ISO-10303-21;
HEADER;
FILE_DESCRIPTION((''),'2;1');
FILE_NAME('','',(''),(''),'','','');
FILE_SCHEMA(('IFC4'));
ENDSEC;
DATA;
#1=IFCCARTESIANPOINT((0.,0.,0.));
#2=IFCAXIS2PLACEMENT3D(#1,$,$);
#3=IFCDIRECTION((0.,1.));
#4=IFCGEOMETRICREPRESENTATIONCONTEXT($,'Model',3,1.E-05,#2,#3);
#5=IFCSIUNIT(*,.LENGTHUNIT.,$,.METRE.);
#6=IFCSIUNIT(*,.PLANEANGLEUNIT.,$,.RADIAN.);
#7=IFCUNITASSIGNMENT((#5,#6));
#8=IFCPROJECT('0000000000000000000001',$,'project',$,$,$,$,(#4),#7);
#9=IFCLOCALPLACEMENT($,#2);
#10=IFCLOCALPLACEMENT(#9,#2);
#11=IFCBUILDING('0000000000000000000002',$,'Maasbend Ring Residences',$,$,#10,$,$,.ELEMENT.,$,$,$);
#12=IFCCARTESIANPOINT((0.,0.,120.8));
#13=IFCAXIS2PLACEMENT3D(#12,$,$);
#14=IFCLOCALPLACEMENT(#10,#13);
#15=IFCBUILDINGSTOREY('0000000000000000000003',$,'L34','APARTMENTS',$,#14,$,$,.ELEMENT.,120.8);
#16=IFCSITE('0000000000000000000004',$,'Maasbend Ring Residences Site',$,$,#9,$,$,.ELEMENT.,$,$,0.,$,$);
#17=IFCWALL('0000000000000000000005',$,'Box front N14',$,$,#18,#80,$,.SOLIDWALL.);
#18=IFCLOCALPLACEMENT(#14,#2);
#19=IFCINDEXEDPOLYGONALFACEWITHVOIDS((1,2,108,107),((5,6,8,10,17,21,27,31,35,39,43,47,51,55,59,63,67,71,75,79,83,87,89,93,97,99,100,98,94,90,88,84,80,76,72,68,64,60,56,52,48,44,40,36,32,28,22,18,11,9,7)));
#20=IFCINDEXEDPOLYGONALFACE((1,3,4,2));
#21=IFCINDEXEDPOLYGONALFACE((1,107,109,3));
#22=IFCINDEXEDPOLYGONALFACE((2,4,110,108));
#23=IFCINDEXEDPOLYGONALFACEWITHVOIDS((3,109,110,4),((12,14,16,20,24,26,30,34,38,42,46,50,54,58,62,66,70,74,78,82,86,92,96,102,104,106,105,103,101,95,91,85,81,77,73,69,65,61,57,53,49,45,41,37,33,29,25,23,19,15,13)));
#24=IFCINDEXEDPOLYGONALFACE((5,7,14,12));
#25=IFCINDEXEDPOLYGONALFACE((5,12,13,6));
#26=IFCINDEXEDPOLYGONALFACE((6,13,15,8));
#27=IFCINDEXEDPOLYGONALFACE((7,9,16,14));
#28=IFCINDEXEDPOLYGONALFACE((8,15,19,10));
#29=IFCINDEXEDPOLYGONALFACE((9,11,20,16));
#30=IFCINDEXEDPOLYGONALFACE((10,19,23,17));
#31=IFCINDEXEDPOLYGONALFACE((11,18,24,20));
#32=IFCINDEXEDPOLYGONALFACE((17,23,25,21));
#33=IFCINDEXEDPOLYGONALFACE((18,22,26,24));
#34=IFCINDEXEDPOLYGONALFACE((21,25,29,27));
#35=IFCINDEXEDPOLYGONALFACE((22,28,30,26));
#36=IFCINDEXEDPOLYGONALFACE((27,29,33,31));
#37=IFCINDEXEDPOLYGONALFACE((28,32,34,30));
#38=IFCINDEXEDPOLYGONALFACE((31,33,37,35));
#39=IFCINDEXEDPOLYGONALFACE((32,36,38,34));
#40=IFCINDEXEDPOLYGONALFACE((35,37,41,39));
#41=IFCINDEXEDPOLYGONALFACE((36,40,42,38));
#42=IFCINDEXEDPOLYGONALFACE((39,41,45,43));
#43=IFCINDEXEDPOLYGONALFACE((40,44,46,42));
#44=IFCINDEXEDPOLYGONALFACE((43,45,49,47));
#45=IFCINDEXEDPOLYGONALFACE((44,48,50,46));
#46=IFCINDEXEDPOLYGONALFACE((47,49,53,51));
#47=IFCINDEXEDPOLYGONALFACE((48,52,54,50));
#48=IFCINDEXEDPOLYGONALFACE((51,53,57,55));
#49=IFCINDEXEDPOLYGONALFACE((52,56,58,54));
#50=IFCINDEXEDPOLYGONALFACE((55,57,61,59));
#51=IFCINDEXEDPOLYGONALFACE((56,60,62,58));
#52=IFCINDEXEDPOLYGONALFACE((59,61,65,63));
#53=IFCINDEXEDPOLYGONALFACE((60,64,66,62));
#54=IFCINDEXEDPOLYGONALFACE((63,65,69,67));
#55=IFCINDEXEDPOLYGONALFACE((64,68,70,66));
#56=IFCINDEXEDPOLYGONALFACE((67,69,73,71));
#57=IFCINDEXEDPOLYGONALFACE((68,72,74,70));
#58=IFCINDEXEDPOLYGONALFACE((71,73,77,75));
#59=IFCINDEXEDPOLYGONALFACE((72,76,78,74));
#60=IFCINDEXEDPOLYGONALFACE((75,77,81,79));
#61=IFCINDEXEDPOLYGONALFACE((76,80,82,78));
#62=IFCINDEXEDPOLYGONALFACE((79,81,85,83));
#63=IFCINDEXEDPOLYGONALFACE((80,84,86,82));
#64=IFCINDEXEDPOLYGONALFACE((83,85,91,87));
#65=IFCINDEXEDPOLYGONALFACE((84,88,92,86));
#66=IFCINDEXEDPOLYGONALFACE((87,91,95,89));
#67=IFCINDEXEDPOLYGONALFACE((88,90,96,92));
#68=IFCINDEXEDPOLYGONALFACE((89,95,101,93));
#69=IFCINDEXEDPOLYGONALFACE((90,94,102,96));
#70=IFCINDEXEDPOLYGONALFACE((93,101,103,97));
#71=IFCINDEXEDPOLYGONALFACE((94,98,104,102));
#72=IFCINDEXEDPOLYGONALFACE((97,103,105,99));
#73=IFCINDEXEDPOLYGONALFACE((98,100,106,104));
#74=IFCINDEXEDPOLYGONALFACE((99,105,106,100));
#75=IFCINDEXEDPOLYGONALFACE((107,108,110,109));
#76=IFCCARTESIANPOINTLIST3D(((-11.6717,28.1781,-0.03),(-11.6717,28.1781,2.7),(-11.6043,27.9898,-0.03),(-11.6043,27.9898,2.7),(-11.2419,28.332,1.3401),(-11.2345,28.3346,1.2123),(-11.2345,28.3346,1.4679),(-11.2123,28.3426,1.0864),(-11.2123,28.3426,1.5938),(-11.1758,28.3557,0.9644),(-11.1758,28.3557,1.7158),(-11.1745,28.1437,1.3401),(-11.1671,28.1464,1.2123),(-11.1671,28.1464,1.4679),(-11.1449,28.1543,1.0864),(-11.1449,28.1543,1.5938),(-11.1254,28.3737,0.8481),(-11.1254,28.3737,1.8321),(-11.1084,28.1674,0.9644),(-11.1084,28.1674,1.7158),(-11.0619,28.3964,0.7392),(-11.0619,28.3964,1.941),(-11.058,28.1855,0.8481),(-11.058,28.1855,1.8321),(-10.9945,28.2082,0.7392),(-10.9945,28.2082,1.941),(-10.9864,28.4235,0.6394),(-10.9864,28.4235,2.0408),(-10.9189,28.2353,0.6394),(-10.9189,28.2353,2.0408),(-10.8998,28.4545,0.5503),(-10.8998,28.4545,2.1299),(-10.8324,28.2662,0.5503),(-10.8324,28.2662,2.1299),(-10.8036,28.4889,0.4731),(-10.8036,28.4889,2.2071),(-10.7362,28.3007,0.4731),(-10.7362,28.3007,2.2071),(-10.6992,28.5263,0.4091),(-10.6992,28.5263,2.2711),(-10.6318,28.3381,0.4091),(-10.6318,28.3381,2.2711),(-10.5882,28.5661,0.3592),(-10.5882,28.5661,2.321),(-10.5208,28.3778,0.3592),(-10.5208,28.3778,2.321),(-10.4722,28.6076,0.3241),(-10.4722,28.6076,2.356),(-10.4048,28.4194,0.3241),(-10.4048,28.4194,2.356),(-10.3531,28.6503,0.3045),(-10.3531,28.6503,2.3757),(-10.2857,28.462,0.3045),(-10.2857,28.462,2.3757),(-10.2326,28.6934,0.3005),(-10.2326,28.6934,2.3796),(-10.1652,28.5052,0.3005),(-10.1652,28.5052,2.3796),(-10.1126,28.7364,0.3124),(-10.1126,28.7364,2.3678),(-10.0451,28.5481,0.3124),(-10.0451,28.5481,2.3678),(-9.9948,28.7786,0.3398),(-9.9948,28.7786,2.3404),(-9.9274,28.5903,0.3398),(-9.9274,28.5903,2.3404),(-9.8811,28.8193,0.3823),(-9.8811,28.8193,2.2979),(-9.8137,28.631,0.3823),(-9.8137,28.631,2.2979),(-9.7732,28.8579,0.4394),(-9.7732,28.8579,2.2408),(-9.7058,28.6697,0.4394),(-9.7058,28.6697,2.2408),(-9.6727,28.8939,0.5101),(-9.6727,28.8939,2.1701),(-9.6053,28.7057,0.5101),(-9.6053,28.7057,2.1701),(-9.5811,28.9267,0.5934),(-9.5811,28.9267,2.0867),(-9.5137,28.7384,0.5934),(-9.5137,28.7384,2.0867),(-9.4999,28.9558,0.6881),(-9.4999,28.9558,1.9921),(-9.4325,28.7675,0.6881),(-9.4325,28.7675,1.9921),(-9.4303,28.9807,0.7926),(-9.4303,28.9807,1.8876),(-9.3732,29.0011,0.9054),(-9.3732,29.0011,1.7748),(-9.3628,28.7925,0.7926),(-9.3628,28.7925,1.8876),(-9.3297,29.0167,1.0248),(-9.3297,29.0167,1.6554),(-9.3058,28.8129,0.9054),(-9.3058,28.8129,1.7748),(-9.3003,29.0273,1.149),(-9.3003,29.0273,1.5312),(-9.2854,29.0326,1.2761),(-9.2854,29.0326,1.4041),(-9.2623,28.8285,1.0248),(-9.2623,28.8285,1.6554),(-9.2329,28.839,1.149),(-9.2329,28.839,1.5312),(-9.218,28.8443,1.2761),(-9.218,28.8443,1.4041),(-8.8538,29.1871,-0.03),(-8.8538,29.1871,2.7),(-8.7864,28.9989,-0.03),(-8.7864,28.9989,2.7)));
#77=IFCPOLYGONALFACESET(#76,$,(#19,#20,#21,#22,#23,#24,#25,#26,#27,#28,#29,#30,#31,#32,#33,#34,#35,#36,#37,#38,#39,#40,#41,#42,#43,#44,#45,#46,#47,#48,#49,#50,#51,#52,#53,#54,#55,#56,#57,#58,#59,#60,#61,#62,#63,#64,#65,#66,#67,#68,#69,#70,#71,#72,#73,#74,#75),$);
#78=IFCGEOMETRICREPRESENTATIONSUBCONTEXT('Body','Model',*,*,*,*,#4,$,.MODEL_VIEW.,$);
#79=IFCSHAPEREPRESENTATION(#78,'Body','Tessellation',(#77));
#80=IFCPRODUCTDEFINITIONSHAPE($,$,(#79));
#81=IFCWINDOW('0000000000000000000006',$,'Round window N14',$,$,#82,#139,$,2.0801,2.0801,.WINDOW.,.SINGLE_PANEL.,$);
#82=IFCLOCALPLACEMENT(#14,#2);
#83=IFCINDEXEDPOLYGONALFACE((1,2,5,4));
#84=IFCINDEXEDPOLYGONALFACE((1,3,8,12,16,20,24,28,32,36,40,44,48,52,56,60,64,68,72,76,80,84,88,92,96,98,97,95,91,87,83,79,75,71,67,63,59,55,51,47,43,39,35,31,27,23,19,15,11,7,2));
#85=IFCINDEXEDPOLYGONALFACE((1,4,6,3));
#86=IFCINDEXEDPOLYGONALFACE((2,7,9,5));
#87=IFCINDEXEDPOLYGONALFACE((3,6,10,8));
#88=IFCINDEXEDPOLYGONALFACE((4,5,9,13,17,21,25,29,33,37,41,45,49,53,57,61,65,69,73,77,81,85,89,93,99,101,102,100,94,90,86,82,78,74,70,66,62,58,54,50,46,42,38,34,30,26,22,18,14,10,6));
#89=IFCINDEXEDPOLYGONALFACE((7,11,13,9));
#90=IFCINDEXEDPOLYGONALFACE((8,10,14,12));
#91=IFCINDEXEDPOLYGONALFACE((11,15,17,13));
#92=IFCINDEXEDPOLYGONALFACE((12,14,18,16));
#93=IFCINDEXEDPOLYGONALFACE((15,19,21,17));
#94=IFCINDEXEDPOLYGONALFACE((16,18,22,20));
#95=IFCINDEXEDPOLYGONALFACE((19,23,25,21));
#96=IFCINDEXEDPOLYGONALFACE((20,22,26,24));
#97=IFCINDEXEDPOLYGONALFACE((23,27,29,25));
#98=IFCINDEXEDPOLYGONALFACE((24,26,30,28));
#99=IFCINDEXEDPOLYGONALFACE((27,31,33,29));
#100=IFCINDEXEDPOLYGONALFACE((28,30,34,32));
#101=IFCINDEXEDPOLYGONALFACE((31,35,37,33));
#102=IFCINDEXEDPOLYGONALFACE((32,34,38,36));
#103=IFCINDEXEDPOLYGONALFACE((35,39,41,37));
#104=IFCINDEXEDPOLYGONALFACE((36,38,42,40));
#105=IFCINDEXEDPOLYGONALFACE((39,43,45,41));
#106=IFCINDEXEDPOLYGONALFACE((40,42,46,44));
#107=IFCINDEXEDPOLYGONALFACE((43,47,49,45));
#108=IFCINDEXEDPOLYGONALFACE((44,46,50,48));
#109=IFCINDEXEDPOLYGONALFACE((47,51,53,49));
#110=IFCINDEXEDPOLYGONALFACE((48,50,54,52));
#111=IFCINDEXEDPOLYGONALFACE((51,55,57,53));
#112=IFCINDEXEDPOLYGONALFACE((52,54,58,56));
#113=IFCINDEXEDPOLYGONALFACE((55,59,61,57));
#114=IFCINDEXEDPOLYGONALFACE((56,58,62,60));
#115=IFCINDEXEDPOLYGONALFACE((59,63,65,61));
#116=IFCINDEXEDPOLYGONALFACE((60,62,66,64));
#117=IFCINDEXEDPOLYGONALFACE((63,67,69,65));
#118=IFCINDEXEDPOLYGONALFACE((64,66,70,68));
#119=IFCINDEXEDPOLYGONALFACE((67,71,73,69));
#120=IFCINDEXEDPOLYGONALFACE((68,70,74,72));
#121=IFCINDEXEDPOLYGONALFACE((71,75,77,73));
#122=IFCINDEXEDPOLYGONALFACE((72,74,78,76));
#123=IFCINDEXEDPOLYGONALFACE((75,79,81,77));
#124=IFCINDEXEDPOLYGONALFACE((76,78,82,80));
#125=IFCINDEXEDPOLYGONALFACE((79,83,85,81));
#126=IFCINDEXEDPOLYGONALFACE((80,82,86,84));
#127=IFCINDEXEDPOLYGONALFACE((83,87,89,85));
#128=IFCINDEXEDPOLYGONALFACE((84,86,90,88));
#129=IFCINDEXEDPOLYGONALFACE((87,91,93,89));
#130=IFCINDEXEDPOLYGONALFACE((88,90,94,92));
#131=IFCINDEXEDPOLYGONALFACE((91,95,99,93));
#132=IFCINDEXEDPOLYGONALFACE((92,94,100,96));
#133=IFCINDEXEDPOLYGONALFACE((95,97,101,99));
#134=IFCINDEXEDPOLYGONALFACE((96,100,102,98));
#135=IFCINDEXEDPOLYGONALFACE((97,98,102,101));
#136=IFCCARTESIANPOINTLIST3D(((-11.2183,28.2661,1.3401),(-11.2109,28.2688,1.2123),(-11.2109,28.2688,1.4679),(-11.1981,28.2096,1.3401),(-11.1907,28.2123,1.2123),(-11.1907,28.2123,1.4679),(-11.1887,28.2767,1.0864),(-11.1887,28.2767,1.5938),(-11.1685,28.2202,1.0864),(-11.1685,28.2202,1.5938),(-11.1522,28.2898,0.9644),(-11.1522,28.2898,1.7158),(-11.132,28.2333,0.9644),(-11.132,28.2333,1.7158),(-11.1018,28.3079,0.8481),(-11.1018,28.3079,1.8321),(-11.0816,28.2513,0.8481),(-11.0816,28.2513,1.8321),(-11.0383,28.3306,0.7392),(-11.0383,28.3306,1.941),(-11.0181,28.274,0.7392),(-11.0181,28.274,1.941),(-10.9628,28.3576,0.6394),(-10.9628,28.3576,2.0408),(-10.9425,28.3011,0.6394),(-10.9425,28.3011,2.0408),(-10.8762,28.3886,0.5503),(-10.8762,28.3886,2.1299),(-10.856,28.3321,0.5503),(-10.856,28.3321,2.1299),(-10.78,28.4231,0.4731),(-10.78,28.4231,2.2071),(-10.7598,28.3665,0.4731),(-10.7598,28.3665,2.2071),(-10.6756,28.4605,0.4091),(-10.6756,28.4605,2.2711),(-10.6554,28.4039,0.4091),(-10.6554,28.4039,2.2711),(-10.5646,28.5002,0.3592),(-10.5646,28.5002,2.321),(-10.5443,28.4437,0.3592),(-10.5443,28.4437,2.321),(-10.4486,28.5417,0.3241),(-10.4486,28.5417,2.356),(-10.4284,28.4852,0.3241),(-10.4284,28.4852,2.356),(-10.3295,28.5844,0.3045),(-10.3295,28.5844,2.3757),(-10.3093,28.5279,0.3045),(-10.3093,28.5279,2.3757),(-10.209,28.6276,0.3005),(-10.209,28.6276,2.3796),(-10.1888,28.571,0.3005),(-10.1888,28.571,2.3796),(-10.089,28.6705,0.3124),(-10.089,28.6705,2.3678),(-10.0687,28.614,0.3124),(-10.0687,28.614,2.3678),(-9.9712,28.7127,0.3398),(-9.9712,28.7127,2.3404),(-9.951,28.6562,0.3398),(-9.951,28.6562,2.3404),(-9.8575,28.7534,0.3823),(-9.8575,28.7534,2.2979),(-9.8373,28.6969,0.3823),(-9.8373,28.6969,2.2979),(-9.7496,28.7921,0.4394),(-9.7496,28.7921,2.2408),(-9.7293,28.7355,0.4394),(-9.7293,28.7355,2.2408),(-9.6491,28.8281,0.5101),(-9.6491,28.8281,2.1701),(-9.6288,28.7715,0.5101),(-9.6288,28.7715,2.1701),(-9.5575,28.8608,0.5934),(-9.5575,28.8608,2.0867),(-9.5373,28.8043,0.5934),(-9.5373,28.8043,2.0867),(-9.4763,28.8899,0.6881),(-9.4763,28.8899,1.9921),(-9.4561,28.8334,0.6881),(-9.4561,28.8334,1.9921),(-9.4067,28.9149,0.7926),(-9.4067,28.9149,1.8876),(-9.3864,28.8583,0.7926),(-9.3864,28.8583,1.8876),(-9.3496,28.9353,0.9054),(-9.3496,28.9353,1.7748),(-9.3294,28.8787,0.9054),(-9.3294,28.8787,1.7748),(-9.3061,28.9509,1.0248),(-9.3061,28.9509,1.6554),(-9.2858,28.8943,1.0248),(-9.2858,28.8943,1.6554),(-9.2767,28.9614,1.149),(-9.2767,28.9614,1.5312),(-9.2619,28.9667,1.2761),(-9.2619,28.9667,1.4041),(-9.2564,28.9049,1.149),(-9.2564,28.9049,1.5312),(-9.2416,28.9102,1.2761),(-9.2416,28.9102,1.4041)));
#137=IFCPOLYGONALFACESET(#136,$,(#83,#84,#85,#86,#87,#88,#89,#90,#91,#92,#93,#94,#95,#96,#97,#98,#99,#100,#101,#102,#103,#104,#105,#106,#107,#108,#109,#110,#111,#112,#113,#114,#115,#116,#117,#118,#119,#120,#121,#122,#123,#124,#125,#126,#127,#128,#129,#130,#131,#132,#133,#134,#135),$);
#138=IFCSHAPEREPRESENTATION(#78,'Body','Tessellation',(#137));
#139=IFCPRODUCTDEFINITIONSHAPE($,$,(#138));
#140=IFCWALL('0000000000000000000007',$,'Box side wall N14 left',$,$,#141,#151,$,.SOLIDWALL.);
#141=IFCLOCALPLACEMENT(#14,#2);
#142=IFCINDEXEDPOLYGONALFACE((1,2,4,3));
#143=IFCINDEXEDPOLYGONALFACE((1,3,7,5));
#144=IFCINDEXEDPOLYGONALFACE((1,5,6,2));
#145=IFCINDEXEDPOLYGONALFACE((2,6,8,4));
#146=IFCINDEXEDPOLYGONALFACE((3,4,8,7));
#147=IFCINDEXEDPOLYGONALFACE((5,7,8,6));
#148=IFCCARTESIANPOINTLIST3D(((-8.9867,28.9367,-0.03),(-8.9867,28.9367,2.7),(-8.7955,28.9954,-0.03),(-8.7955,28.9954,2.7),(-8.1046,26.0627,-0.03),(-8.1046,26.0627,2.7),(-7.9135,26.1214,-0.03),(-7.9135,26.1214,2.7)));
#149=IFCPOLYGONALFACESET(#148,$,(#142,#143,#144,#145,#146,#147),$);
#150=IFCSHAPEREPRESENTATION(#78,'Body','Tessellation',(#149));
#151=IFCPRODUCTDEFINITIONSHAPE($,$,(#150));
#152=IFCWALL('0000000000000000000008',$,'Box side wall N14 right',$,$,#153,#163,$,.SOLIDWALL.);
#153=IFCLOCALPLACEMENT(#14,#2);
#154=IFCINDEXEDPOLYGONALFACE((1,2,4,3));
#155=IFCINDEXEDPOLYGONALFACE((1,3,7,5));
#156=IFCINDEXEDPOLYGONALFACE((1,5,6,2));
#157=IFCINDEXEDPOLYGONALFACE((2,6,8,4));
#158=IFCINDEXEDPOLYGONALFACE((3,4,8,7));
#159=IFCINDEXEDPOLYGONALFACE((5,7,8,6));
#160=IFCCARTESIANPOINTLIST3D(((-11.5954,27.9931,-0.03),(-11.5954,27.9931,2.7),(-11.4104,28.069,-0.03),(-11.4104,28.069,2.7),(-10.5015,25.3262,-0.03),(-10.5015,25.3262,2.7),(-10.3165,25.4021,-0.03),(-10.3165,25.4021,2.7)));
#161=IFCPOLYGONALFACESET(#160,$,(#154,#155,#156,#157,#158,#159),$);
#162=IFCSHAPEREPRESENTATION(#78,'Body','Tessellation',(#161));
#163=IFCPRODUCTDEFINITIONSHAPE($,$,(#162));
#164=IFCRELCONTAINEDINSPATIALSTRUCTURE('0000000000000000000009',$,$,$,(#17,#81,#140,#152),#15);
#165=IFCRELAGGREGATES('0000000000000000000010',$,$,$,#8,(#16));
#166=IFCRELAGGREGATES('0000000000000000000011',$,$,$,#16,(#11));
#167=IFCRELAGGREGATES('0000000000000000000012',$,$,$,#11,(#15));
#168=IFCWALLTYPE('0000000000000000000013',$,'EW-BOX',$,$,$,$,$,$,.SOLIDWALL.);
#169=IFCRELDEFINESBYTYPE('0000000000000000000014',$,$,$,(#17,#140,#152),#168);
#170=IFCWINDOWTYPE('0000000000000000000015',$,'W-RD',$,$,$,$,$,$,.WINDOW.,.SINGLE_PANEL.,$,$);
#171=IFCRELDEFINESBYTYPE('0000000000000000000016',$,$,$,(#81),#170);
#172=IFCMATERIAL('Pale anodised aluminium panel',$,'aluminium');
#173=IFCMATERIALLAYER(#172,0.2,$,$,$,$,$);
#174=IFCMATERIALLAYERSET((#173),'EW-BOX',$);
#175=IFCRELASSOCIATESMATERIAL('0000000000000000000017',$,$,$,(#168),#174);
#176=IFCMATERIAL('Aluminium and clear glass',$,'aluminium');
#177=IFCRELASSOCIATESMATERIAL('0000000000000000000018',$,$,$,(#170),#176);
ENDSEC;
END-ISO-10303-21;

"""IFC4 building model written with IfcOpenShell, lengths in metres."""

from ifc_helpers import new_model, si_unit, direction, frame, frame_2d, origin, place, context, subcontext, project, spatial, rectangle, circle, extrude, material, layer, layer_set, type_object, element, fill, save


model = new_model("IFC4")

# Units and contexts
model_context = context("Model", 3, precision=1e-05, world=origin(), true_north=direction((0.0, 1.0)))
body_context = subcontext(model_context, "Body", "Model", "MODEL_VIEW")
ifc_project = project(units=[si_unit("LENGTHUNIT", "METRE"), si_unit("PLANEANGLEUNIT", "RADIAN")], contexts=[model_context])

# Site, building, storey
site_placement = place(None, origin())
site = spatial("IfcSite", under=ifc_project, at=site_placement, Name="Maasbend Ring Residences Site", CompositionType="ELEMENT", RefElevation=0.0)
building_placement = place(site_placement, origin())
building = spatial("IfcBuilding", under=site, at=building_placement, Name="Maasbend Ring Residences", CompositionType="ELEMENT")
storey_placement = place(building_placement, frame((0.0, 0.0, 120.8)))
storey = spatial("IfcBuildingStorey", under=building, at=storey_placement, Name="L34", Description="APARTMENTS", CompositionType="ELEMENT", Elevation=120.8)

# Shared definitions
ifc_material_1 = material(Name="Pale anodised aluminium panel", Category="aluminium")
ifc_layer_1 = layer(ifc_material_1, 0.2)
ifc_layer_set_1 = layer_set([ifc_layer_1], Name="EW-BOX")
wall_type_1 = type_object("IfcWallType", Name="EW-BOX", PredefinedType="SOLIDWALL", material=ifc_layer_set_1)
ifc_material_2 = material(Name="Aluminium and clear glass", Category="aluminium")
window_type_1 = type_object("IfcWindowType", Name="W-RD", PartitioningType="SINGLE_PANEL", PredefinedType="WINDOW", material=ifc_material_2)

# Wall, opening, window
wall_1_placement = place(storey_placement, frame((-8.8201, 29.093, -0.03), z_axis=(0.0, 0.0, 1.0), x_axis=(-0.941461, -0.337122, 0.0)))
wall_1 = element("IfcWall", 1, at=wall_1_placement, inside=storey, type_object=wall_type_1, Name="Box front N14", PredefinedType="SOLIDWALL", context=body_context, shape_type="SweptSolid", body=[
    extrude(rectangle(XDim=2.9932, YDim=0.2, at=frame_2d((1.4966, 0.0))), origin(), (0.0, 0.0, 1.0), 2.73),
])
opening_1_placement = place(wall_1_placement, frame((0.4565, 0.0, 0.3301)))
opening_1 = element("IfcOpeningElement", 2, at=opening_1_placement, cuts=wall_1, PredefinedType="OPENING", context=body_context, shape_type="SweptSolid", body=[
    extrude(circle(Radius=1.04, at=frame_2d((1.04, 1.04))), frame((0.0, 0.1099, 0.0), z_axis=(0.0, -1.0, 0.0), x_axis=(1.0, 0.0, 0.0)), (0.0, 0.0, 1.0), 0.22),
])
window_1_placement = place(opening_1_placement, origin())
window_1 = element("IfcWindow", 3, at=window_1_placement, inside=storey, type_object=window_type_1, Name="Round window N14", OverallHeight=2.0801, OverallWidth=2.0801, PartitioningType="SINGLE_PANEL", PredefinedType="WINDOW", context=body_context, shape_type="SweptSolid", body=[
    extrude(circle(Radius=1.04, at=frame_2d((1.04, 1.04))), frame((0.0, 0.03, 0.0), z_axis=(0.0, -1.0, 0.0), x_axis=(1.0, 0.0, 0.0)), (0.0, 0.0, 1.0), 0.0601),
])
fill(opening_1, window_1)

# Walls
wall_2_placement = place(storey_placement, frame((-8.009, 26.092, -0.03), z_axis=(0.0, 0.0, 1.0), x_axis=(-0.293407, 0.955988, 0.0)))
element("IfcWall", 4, at=wall_2_placement, inside=storey, type_object=wall_type_1, Name="Box side wall N14 left", PredefinedType="SOLIDWALL", context=body_context, shape_type="SweptSolid", body=[
    extrude(rectangle(XDim=3.0063, YDim=0.2, at=frame_2d((1.5032, 0.0))), origin(), (0.0, 0.0, 1.0), 2.73),
])
wall_3_placement = place(storey_placement, frame((-10.4089, 25.364, -0.03), z_axis=(0.0, 0.0, 1.0), x_axis=(-0.37951, 0.925188, 0.0)))
element("IfcWall", 5, at=wall_3_placement, inside=storey, type_object=wall_type_1, Name="Box side wall N14 right", PredefinedType="SOLIDWALL", context=body_context, shape_type="SweptSolid", body=[
    extrude(rectangle(XDim=2.8826, YDim=0.2, at=frame_2d((1.4414, 0.0))), origin(), (0.0, 0.0, 1.0), 2.73),
])

save(model, "model.ifc")
